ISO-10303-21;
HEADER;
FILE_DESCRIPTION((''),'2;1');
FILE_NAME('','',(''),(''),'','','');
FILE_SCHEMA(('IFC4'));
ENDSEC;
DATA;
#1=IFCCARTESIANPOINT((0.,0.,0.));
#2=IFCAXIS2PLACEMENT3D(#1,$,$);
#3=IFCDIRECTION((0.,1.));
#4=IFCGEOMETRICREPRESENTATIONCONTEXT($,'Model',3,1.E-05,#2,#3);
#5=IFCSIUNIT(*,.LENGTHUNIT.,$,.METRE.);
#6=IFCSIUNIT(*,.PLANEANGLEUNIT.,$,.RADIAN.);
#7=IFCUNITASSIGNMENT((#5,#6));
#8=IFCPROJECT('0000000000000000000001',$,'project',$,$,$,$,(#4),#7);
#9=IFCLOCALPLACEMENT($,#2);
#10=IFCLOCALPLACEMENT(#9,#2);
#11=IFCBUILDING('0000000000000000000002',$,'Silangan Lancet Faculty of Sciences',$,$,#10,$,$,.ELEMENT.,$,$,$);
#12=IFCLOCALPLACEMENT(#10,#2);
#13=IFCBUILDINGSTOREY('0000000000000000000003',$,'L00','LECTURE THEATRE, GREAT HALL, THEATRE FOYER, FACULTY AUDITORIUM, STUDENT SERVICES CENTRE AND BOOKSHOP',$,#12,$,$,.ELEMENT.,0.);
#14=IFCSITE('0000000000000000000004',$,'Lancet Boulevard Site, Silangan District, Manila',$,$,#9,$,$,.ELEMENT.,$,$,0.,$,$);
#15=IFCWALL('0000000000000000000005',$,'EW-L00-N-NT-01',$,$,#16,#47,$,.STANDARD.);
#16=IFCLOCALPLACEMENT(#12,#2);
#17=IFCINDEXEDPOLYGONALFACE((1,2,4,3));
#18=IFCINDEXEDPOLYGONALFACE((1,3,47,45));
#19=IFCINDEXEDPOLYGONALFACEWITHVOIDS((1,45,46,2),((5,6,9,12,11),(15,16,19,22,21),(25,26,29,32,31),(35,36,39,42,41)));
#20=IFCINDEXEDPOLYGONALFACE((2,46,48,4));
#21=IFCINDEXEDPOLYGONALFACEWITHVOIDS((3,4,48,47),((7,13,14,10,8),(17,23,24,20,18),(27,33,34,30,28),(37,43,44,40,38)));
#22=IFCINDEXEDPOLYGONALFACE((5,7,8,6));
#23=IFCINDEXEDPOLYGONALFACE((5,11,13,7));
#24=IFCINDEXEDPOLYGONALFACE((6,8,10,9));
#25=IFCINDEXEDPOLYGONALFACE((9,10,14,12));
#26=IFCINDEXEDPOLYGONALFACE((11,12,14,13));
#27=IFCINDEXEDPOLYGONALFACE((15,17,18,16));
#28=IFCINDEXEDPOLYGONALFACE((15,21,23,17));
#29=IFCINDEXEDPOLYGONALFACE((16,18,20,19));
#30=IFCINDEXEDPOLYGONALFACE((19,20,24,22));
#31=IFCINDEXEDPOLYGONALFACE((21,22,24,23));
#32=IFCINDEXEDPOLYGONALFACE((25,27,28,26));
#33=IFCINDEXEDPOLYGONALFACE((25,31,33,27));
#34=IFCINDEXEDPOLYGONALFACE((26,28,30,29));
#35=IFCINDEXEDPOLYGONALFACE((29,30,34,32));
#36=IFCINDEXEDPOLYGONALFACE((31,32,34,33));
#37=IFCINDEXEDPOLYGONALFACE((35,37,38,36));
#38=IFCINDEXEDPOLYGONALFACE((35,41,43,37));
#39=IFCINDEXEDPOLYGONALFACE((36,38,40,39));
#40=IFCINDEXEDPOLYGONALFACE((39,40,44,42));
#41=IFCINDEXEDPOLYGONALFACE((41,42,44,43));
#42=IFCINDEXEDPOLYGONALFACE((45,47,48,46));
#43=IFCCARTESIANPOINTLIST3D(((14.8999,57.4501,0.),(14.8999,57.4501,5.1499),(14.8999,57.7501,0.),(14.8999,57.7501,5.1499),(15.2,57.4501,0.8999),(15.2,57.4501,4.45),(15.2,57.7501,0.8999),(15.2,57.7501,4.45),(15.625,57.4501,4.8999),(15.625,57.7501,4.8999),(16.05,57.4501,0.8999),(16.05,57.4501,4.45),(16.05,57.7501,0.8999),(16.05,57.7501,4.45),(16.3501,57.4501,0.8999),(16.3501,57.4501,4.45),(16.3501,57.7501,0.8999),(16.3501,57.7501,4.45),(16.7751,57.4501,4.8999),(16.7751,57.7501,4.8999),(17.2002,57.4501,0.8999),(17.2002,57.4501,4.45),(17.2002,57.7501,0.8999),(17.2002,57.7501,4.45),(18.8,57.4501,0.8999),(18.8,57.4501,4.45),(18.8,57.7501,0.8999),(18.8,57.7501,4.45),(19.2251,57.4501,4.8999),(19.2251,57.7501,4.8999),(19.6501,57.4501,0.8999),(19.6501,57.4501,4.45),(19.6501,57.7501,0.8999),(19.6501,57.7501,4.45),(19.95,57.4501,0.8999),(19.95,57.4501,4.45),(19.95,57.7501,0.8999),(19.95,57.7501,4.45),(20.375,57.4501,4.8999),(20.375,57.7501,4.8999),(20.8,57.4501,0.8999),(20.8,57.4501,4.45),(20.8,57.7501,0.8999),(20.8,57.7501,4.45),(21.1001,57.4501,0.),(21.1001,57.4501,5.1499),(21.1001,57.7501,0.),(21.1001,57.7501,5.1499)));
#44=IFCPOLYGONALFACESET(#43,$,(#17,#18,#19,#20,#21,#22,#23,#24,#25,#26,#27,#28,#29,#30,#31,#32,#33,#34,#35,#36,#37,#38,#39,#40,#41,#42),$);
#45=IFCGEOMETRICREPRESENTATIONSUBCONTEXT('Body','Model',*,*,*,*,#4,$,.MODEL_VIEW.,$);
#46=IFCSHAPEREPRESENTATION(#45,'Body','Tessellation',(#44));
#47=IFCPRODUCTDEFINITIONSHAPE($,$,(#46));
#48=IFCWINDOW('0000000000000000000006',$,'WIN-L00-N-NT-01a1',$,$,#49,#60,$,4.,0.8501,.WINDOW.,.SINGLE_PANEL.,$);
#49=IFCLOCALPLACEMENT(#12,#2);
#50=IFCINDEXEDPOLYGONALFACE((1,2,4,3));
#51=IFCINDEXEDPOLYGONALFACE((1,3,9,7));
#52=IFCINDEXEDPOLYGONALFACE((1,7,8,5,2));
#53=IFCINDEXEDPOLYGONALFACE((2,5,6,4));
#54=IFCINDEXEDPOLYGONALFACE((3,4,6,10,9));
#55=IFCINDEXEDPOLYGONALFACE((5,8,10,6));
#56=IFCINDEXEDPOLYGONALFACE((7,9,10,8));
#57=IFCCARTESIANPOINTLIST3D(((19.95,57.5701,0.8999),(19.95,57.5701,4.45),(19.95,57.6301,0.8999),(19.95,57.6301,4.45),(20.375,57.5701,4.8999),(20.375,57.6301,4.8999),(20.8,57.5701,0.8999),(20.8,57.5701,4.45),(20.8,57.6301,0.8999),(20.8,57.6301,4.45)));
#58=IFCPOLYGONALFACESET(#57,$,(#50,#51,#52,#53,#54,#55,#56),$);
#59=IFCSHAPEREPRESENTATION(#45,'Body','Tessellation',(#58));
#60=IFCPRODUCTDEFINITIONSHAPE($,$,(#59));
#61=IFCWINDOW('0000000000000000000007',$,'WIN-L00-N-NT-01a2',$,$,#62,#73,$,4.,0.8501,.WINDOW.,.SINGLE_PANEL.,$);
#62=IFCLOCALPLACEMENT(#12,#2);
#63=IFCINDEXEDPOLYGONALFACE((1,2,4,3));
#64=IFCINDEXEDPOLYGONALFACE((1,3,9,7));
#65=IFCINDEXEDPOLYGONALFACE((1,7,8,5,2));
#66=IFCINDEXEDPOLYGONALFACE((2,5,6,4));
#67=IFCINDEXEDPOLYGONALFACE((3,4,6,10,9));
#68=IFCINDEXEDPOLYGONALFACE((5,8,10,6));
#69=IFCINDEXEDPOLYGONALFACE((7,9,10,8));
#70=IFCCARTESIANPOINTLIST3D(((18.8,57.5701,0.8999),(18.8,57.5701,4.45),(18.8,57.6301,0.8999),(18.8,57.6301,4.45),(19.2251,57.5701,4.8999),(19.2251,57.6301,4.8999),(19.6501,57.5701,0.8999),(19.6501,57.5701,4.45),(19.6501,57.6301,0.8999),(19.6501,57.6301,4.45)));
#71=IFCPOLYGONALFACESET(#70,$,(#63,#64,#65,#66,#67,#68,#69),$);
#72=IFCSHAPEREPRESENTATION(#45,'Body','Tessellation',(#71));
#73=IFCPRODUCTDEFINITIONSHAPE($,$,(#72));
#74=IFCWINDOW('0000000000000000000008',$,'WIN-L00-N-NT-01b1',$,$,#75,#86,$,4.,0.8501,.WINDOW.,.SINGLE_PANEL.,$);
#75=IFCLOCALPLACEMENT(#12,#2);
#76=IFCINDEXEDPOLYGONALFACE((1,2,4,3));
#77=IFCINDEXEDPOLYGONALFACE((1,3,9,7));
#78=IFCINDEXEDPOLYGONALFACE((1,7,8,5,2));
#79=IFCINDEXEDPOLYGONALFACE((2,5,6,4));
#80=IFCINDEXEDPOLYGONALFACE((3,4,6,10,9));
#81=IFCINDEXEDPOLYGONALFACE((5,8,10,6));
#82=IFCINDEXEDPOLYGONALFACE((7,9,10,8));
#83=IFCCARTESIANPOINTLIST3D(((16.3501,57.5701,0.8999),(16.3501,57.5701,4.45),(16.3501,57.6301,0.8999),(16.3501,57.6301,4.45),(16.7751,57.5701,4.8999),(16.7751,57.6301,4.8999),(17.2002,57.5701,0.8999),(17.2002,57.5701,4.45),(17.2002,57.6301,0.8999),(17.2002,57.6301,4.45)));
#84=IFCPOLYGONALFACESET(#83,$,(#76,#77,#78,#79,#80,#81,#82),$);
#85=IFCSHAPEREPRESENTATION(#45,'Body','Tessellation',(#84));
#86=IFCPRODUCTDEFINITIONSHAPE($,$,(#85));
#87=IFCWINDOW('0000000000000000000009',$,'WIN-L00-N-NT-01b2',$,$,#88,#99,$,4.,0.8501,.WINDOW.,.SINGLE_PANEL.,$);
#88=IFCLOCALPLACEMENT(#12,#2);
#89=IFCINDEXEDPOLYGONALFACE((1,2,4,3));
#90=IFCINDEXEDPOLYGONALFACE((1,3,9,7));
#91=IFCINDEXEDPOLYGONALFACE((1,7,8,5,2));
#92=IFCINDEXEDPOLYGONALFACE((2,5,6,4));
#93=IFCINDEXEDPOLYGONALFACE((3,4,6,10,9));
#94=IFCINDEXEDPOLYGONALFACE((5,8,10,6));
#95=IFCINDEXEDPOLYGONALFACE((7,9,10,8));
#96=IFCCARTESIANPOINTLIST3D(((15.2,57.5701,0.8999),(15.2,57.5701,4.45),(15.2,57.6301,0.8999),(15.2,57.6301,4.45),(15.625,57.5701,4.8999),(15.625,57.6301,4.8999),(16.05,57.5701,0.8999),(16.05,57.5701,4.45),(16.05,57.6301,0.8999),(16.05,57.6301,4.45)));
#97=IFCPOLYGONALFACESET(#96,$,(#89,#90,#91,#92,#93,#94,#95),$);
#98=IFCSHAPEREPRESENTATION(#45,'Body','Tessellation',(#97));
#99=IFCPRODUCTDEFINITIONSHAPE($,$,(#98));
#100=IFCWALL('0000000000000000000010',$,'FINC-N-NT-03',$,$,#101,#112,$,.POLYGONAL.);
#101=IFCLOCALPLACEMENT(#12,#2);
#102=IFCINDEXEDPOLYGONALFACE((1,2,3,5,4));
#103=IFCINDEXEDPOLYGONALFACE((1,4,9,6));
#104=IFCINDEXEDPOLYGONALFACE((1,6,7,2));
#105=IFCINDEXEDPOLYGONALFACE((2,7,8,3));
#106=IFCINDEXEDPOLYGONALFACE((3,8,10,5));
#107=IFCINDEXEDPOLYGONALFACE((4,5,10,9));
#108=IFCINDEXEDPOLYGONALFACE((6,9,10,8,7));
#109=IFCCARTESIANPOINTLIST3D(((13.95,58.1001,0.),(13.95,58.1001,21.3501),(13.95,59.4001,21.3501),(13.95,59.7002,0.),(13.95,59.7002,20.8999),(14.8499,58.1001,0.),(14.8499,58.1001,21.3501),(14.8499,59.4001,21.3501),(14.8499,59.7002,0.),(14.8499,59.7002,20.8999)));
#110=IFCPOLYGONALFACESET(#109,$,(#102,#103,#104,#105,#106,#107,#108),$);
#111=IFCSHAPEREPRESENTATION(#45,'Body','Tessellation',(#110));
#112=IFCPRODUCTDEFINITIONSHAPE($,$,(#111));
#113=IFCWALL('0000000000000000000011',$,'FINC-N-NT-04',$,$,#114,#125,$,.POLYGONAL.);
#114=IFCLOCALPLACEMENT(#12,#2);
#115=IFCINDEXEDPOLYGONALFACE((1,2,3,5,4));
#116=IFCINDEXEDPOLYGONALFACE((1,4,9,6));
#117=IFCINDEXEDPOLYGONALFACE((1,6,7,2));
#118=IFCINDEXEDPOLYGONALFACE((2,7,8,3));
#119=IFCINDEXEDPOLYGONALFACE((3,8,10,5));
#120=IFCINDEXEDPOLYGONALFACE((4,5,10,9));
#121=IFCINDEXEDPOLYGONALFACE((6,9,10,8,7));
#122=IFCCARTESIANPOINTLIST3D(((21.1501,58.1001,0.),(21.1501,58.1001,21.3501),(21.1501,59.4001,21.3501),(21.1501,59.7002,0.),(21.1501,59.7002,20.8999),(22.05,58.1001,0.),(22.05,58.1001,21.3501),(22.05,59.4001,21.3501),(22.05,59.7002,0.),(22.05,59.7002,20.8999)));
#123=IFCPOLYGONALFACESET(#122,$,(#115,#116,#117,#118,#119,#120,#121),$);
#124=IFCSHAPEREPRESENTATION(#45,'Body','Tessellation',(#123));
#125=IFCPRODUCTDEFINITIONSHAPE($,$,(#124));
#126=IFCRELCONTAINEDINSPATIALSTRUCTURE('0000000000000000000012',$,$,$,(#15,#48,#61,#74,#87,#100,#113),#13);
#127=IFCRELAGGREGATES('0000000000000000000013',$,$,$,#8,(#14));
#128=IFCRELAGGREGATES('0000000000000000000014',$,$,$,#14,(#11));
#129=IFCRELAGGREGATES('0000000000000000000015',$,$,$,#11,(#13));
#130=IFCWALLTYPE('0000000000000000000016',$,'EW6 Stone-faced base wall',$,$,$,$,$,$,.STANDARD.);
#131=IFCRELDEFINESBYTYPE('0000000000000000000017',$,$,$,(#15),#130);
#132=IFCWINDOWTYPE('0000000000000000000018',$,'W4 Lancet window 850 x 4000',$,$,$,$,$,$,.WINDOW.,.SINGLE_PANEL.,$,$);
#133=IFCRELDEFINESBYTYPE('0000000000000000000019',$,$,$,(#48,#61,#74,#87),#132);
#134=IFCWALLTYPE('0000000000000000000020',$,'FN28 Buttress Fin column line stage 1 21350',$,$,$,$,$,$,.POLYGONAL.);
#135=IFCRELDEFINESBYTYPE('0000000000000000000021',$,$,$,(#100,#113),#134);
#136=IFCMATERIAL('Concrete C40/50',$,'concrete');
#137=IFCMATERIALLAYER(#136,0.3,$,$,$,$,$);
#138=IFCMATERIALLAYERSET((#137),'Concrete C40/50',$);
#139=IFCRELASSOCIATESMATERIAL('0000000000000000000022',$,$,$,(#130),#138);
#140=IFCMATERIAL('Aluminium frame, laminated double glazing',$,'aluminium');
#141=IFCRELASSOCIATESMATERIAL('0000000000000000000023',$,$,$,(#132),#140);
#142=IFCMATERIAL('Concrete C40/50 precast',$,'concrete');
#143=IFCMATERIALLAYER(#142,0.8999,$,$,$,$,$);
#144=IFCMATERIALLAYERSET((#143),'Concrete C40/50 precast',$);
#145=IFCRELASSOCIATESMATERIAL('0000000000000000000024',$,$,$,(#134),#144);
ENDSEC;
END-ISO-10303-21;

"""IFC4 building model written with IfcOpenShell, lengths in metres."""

from ifc_helpers import new_model, si_unit, direction, frame, frame_2d, origin, place, context, subcontext, project, spatial, polyline, rectangle, outline, extrude, material, layer, layer_set, type_object, element, fill, save


model = new_model("IFC4")

# Units and contexts
model_context = context("Model", 3, precision=1e-05, world=origin(), true_north=direction((0.0, 1.0)))
body_context = subcontext(model_context, "Body", "Model", "MODEL_VIEW")
ifc_project = project(units=[si_unit("LENGTHUNIT", "METRE"), si_unit("PLANEANGLEUNIT", "RADIAN")], contexts=[model_context])

# Site, building, storey
site_placement = place(None, origin())
site = spatial("IfcSite", under=ifc_project, at=site_placement, Name="Lancet Boulevard Site, Silangan District, Manila", CompositionType="ELEMENT", RefElevation=0.0)
building_placement = place(site_placement, origin())
building = spatial("IfcBuilding", under=site, at=building_placement, Name="Silangan Lancet Faculty of Sciences", CompositionType="ELEMENT")
storey_placement = place(building_placement, origin())
storey = spatial("IfcBuildingStorey", under=building, at=storey_placement, Name="L00", Description="LECTURE THEATRE, GREAT HALL, THEATRE FOYER, FACULTY AUDITORIUM, STUDENT SERVICES CENTRE AND BOOKSHOP", CompositionType="ELEMENT", Elevation=0.0)

# Wall, openings, windows
ifc_material_1 = material(Name="Concrete C40/50", Category="concrete")
ifc_layer_1 = layer(ifc_material_1, 0.3)
ifc_layer_set_1 = layer_set([ifc_layer_1], Name="Concrete C40/50")
wall_type_1 = type_object("IfcWallType", Name="EW6 Stone-faced base wall", PredefinedType="STANDARD", material=ifc_layer_set_1)
wall_1_placement = place(storey_placement, frame((21.1001, 57.6001, 0.0), z_axis=(0.0, 0.0, 1.0), x_axis=(-1.0, 0.0, 0.0)))
wall_1 = element("IfcWall", 1, at=wall_1_placement, inside=storey, type_object=wall_type_1, Name="EW-L00-N-NT-01", PredefinedType="STANDARD", context=body_context, shape_type="SweptSolid", body=[
    extrude(rectangle(XDim=6.2002, YDim=0.3, at=frame_2d((3.1001, 0.0))), origin(), (0.0, 0.0, 1.0), 5.1499),
])
opening_1_placement = place(wall_1_placement, frame((0.3, 0.0, 0.8999)))
opening_1 = element("IfcOpeningElement", 2, at=opening_1_placement, cuts=wall_1, PredefinedType="OPENING", context=body_context, shape_type="SweptSolid", body=[
    extrude(outline(polyline([(0.0, 0.0), (0.8501, 0.0), (0.8501, 3.55), (0.425, 4.0), (0.0, 3.55), (0.0, 0.0)])), frame((0.0, 0.1599, 0.0), z_axis=(0.0, -1.0, 0.0), x_axis=(1.0, 0.0, 0.0)), (0.0, 0.0, 1.0), 0.3201),
])
opening_2_placement = place(wall_1_placement, frame((1.45, 0.0, 0.8999)))
opening_2 = element("IfcOpeningElement", 3, at=opening_2_placement, cuts=wall_1, PredefinedType="OPENING", context=body_context, shape_type="SweptSolid", body=[
    extrude(outline(polyline([(0.0, 0.0), (0.8501, 0.0), (0.8501, 3.55), (0.425, 4.0), (0.0, 3.55), (0.0, 0.0)])), frame((0.0, 0.1599, 0.0), z_axis=(0.0, -1.0, 0.0), x_axis=(1.0, 0.0, 0.0)), (0.0, 0.0, 1.0), 0.3201),
])
opening_3_placement = place(wall_1_placement, frame((3.8999, 0.0, 0.8999)))
opening_3 = element("IfcOpeningElement", 4, at=opening_3_placement, cuts=wall_1, PredefinedType="OPENING", context=body_context, shape_type="SweptSolid", body=[
    extrude(outline(polyline([(0.0, 0.0), (0.8501, 0.0), (0.8501, 3.55), (0.425, 4.0), (0.0, 3.55), (0.0, 0.0)])), frame((0.0, 0.1599, 0.0), z_axis=(0.0, -1.0, 0.0), x_axis=(1.0, 0.0, 0.0)), (0.0, 0.0, 1.0), 0.3201),
])
opening_4_placement = place(wall_1_placement, frame((5.05, 0.0, 0.8999)))
opening_4 = element("IfcOpeningElement", 5, at=opening_4_placement, cuts=wall_1, PredefinedType="OPENING", context=body_context, shape_type="SweptSolid", body=[
    extrude(outline(polyline([(0.0, 0.0), (0.8501, 0.0), (0.8501, 3.55), (0.425, 4.0), (0.0, 3.55), (0.0, 0.0)])), frame((0.0, 0.1599, 0.0), z_axis=(0.0, -1.0, 0.0), x_axis=(1.0, 0.0, 0.0)), (0.0, 0.0, 1.0), 0.3201),
])
ifc_material_2 = material(Name="Aluminium frame, laminated double glazing", Category="aluminium")
window_type = type_object("IfcWindowType", Name="W4 Lancet window 850 x 4000", PartitioningType="SINGLE_PANEL", PredefinedType="WINDOW", material=ifc_material_2)
window_1_placement = place(opening_1_placement, origin())
window_1 = element("IfcWindow", 6, at=window_1_placement, inside=storey, type_object=window_type, Name="WIN-L00-N-NT-01a1", OverallHeight=4.0, OverallWidth=0.8501, PartitioningType="SINGLE_PANEL", PredefinedType="WINDOW", context=body_context, shape_type="SweptSolid", body=[
    extrude(outline(polyline([(0.0, 0.0), (0.8501, 0.0), (0.8501, 3.55), (0.425, 4.0), (0.0, 3.55), (0.0, 0.0)])), frame((0.0, 0.03, 0.0), z_axis=(0.0, -1.0, 0.0), x_axis=(1.0, 0.0, 0.0)), (0.0, 0.0, 1.0), 0.0601),
])
fill(opening_1, window_1)
window_2_placement = place(opening_2_placement, origin())
window_2 = element("IfcWindow", 7, at=window_2_placement, inside=storey, type_object=window_type, Name="WIN-L00-N-NT-01a2", OverallHeight=4.0, OverallWidth=0.8501, PartitioningType="SINGLE_PANEL", PredefinedType="WINDOW", context=body_context, shape_type="SweptSolid", body=[
    extrude(outline(polyline([(0.0, 0.0), (0.8501, 0.0), (0.8501, 3.55), (0.425, 4.0), (0.0, 3.55), (0.0, 0.0)])), frame((0.0, 0.03, 0.0), z_axis=(0.0, -1.0, 0.0), x_axis=(1.0, 0.0, 0.0)), (0.0, 0.0, 1.0), 0.0601),
])
fill(opening_2, window_2)
window_3_placement = place(opening_3_placement, origin())
window_3 = element("IfcWindow", 8, at=window_3_placement, inside=storey, type_object=window_type, Name="WIN-L00-N-NT-01b1", OverallHeight=4.0, OverallWidth=0.8501, PartitioningType="SINGLE_PANEL", PredefinedType="WINDOW", context=body_context, shape_type="SweptSolid", body=[
    extrude(outline(polyline([(0.0, 0.0), (0.8501, 0.0), (0.8501, 3.55), (0.425, 4.0), (0.0, 3.55), (0.0, 0.0)])), frame((0.0, 0.03, 0.0), z_axis=(0.0, -1.0, 0.0), x_axis=(1.0, 0.0, 0.0)), (0.0, 0.0, 1.0), 0.0601),
])
fill(opening_3, window_3)
window_4_placement = place(opening_4_placement, origin())
window_4 = element("IfcWindow", 9, at=window_4_placement, inside=storey, type_object=window_type, Name="WIN-L00-N-NT-01b2", OverallHeight=4.0, OverallWidth=0.8501, PartitioningType="SINGLE_PANEL", PredefinedType="WINDOW", context=body_context, shape_type="SweptSolid", body=[
    extrude(outline(polyline([(0.0, 0.0), (0.8501, 0.0), (0.8501, 3.55), (0.425, 4.0), (0.0, 3.55), (0.0, 0.0)])), frame((0.0, 0.03, 0.0), z_axis=(0.0, -1.0, 0.0), x_axis=(1.0, 0.0, 0.0)), (0.0, 0.0, 1.0), 0.0601),
])
fill(opening_4, window_4)

# Walls
ifc_material_3 = material(Name="Concrete C40/50 precast", Category="concrete")
ifc_layer_2 = layer(ifc_material_3, 0.8999)
ifc_layer_set_2 = layer_set([ifc_layer_2], Name="Concrete C40/50 precast")
wall_type_2 = type_object("IfcWallType", Name="FN28 Buttress Fin column line stage 1 21350", PredefinedType="POLYGONAL", material=ifc_layer_set_2)
for number, where, z_axis, x_axis, name in (
    (10, (14.3999, 58.1001, 0.0), (0.0, 0.0, 1.0), (0.0, 1.0, 0.0), "FINC-N-NT-03"),
    (11, (21.6001, 58.1001, 0.0), (0.0, 0.0, 1.0), (0.0, 1.0, 0.0), "FINC-N-NT-04"),
):
    element("IfcWall", number, at=place(storey_placement, frame(where, z_axis=z_axis, x_axis=x_axis)), inside=storey, type_object=wall_type_2, Name=name, PredefinedType="POLYGONAL", context=body_context, shape_type="SweptSolid", body=[
        extrude(outline(polyline([(1.6001, 0.0), (1.6001, 20.8999), (1.3, 21.3501), (0.0, 21.3501), (0.0, 0.0), (1.6001, 0.0)])), frame((0.0, 0.45, 0.0), z_axis=(0.0, -1.0, 0.0), x_axis=(1.0, 0.0, 0.0)), (0.0, 0.0, 1.0), 0.8999),
    ])

save(model, "model.ifc")
